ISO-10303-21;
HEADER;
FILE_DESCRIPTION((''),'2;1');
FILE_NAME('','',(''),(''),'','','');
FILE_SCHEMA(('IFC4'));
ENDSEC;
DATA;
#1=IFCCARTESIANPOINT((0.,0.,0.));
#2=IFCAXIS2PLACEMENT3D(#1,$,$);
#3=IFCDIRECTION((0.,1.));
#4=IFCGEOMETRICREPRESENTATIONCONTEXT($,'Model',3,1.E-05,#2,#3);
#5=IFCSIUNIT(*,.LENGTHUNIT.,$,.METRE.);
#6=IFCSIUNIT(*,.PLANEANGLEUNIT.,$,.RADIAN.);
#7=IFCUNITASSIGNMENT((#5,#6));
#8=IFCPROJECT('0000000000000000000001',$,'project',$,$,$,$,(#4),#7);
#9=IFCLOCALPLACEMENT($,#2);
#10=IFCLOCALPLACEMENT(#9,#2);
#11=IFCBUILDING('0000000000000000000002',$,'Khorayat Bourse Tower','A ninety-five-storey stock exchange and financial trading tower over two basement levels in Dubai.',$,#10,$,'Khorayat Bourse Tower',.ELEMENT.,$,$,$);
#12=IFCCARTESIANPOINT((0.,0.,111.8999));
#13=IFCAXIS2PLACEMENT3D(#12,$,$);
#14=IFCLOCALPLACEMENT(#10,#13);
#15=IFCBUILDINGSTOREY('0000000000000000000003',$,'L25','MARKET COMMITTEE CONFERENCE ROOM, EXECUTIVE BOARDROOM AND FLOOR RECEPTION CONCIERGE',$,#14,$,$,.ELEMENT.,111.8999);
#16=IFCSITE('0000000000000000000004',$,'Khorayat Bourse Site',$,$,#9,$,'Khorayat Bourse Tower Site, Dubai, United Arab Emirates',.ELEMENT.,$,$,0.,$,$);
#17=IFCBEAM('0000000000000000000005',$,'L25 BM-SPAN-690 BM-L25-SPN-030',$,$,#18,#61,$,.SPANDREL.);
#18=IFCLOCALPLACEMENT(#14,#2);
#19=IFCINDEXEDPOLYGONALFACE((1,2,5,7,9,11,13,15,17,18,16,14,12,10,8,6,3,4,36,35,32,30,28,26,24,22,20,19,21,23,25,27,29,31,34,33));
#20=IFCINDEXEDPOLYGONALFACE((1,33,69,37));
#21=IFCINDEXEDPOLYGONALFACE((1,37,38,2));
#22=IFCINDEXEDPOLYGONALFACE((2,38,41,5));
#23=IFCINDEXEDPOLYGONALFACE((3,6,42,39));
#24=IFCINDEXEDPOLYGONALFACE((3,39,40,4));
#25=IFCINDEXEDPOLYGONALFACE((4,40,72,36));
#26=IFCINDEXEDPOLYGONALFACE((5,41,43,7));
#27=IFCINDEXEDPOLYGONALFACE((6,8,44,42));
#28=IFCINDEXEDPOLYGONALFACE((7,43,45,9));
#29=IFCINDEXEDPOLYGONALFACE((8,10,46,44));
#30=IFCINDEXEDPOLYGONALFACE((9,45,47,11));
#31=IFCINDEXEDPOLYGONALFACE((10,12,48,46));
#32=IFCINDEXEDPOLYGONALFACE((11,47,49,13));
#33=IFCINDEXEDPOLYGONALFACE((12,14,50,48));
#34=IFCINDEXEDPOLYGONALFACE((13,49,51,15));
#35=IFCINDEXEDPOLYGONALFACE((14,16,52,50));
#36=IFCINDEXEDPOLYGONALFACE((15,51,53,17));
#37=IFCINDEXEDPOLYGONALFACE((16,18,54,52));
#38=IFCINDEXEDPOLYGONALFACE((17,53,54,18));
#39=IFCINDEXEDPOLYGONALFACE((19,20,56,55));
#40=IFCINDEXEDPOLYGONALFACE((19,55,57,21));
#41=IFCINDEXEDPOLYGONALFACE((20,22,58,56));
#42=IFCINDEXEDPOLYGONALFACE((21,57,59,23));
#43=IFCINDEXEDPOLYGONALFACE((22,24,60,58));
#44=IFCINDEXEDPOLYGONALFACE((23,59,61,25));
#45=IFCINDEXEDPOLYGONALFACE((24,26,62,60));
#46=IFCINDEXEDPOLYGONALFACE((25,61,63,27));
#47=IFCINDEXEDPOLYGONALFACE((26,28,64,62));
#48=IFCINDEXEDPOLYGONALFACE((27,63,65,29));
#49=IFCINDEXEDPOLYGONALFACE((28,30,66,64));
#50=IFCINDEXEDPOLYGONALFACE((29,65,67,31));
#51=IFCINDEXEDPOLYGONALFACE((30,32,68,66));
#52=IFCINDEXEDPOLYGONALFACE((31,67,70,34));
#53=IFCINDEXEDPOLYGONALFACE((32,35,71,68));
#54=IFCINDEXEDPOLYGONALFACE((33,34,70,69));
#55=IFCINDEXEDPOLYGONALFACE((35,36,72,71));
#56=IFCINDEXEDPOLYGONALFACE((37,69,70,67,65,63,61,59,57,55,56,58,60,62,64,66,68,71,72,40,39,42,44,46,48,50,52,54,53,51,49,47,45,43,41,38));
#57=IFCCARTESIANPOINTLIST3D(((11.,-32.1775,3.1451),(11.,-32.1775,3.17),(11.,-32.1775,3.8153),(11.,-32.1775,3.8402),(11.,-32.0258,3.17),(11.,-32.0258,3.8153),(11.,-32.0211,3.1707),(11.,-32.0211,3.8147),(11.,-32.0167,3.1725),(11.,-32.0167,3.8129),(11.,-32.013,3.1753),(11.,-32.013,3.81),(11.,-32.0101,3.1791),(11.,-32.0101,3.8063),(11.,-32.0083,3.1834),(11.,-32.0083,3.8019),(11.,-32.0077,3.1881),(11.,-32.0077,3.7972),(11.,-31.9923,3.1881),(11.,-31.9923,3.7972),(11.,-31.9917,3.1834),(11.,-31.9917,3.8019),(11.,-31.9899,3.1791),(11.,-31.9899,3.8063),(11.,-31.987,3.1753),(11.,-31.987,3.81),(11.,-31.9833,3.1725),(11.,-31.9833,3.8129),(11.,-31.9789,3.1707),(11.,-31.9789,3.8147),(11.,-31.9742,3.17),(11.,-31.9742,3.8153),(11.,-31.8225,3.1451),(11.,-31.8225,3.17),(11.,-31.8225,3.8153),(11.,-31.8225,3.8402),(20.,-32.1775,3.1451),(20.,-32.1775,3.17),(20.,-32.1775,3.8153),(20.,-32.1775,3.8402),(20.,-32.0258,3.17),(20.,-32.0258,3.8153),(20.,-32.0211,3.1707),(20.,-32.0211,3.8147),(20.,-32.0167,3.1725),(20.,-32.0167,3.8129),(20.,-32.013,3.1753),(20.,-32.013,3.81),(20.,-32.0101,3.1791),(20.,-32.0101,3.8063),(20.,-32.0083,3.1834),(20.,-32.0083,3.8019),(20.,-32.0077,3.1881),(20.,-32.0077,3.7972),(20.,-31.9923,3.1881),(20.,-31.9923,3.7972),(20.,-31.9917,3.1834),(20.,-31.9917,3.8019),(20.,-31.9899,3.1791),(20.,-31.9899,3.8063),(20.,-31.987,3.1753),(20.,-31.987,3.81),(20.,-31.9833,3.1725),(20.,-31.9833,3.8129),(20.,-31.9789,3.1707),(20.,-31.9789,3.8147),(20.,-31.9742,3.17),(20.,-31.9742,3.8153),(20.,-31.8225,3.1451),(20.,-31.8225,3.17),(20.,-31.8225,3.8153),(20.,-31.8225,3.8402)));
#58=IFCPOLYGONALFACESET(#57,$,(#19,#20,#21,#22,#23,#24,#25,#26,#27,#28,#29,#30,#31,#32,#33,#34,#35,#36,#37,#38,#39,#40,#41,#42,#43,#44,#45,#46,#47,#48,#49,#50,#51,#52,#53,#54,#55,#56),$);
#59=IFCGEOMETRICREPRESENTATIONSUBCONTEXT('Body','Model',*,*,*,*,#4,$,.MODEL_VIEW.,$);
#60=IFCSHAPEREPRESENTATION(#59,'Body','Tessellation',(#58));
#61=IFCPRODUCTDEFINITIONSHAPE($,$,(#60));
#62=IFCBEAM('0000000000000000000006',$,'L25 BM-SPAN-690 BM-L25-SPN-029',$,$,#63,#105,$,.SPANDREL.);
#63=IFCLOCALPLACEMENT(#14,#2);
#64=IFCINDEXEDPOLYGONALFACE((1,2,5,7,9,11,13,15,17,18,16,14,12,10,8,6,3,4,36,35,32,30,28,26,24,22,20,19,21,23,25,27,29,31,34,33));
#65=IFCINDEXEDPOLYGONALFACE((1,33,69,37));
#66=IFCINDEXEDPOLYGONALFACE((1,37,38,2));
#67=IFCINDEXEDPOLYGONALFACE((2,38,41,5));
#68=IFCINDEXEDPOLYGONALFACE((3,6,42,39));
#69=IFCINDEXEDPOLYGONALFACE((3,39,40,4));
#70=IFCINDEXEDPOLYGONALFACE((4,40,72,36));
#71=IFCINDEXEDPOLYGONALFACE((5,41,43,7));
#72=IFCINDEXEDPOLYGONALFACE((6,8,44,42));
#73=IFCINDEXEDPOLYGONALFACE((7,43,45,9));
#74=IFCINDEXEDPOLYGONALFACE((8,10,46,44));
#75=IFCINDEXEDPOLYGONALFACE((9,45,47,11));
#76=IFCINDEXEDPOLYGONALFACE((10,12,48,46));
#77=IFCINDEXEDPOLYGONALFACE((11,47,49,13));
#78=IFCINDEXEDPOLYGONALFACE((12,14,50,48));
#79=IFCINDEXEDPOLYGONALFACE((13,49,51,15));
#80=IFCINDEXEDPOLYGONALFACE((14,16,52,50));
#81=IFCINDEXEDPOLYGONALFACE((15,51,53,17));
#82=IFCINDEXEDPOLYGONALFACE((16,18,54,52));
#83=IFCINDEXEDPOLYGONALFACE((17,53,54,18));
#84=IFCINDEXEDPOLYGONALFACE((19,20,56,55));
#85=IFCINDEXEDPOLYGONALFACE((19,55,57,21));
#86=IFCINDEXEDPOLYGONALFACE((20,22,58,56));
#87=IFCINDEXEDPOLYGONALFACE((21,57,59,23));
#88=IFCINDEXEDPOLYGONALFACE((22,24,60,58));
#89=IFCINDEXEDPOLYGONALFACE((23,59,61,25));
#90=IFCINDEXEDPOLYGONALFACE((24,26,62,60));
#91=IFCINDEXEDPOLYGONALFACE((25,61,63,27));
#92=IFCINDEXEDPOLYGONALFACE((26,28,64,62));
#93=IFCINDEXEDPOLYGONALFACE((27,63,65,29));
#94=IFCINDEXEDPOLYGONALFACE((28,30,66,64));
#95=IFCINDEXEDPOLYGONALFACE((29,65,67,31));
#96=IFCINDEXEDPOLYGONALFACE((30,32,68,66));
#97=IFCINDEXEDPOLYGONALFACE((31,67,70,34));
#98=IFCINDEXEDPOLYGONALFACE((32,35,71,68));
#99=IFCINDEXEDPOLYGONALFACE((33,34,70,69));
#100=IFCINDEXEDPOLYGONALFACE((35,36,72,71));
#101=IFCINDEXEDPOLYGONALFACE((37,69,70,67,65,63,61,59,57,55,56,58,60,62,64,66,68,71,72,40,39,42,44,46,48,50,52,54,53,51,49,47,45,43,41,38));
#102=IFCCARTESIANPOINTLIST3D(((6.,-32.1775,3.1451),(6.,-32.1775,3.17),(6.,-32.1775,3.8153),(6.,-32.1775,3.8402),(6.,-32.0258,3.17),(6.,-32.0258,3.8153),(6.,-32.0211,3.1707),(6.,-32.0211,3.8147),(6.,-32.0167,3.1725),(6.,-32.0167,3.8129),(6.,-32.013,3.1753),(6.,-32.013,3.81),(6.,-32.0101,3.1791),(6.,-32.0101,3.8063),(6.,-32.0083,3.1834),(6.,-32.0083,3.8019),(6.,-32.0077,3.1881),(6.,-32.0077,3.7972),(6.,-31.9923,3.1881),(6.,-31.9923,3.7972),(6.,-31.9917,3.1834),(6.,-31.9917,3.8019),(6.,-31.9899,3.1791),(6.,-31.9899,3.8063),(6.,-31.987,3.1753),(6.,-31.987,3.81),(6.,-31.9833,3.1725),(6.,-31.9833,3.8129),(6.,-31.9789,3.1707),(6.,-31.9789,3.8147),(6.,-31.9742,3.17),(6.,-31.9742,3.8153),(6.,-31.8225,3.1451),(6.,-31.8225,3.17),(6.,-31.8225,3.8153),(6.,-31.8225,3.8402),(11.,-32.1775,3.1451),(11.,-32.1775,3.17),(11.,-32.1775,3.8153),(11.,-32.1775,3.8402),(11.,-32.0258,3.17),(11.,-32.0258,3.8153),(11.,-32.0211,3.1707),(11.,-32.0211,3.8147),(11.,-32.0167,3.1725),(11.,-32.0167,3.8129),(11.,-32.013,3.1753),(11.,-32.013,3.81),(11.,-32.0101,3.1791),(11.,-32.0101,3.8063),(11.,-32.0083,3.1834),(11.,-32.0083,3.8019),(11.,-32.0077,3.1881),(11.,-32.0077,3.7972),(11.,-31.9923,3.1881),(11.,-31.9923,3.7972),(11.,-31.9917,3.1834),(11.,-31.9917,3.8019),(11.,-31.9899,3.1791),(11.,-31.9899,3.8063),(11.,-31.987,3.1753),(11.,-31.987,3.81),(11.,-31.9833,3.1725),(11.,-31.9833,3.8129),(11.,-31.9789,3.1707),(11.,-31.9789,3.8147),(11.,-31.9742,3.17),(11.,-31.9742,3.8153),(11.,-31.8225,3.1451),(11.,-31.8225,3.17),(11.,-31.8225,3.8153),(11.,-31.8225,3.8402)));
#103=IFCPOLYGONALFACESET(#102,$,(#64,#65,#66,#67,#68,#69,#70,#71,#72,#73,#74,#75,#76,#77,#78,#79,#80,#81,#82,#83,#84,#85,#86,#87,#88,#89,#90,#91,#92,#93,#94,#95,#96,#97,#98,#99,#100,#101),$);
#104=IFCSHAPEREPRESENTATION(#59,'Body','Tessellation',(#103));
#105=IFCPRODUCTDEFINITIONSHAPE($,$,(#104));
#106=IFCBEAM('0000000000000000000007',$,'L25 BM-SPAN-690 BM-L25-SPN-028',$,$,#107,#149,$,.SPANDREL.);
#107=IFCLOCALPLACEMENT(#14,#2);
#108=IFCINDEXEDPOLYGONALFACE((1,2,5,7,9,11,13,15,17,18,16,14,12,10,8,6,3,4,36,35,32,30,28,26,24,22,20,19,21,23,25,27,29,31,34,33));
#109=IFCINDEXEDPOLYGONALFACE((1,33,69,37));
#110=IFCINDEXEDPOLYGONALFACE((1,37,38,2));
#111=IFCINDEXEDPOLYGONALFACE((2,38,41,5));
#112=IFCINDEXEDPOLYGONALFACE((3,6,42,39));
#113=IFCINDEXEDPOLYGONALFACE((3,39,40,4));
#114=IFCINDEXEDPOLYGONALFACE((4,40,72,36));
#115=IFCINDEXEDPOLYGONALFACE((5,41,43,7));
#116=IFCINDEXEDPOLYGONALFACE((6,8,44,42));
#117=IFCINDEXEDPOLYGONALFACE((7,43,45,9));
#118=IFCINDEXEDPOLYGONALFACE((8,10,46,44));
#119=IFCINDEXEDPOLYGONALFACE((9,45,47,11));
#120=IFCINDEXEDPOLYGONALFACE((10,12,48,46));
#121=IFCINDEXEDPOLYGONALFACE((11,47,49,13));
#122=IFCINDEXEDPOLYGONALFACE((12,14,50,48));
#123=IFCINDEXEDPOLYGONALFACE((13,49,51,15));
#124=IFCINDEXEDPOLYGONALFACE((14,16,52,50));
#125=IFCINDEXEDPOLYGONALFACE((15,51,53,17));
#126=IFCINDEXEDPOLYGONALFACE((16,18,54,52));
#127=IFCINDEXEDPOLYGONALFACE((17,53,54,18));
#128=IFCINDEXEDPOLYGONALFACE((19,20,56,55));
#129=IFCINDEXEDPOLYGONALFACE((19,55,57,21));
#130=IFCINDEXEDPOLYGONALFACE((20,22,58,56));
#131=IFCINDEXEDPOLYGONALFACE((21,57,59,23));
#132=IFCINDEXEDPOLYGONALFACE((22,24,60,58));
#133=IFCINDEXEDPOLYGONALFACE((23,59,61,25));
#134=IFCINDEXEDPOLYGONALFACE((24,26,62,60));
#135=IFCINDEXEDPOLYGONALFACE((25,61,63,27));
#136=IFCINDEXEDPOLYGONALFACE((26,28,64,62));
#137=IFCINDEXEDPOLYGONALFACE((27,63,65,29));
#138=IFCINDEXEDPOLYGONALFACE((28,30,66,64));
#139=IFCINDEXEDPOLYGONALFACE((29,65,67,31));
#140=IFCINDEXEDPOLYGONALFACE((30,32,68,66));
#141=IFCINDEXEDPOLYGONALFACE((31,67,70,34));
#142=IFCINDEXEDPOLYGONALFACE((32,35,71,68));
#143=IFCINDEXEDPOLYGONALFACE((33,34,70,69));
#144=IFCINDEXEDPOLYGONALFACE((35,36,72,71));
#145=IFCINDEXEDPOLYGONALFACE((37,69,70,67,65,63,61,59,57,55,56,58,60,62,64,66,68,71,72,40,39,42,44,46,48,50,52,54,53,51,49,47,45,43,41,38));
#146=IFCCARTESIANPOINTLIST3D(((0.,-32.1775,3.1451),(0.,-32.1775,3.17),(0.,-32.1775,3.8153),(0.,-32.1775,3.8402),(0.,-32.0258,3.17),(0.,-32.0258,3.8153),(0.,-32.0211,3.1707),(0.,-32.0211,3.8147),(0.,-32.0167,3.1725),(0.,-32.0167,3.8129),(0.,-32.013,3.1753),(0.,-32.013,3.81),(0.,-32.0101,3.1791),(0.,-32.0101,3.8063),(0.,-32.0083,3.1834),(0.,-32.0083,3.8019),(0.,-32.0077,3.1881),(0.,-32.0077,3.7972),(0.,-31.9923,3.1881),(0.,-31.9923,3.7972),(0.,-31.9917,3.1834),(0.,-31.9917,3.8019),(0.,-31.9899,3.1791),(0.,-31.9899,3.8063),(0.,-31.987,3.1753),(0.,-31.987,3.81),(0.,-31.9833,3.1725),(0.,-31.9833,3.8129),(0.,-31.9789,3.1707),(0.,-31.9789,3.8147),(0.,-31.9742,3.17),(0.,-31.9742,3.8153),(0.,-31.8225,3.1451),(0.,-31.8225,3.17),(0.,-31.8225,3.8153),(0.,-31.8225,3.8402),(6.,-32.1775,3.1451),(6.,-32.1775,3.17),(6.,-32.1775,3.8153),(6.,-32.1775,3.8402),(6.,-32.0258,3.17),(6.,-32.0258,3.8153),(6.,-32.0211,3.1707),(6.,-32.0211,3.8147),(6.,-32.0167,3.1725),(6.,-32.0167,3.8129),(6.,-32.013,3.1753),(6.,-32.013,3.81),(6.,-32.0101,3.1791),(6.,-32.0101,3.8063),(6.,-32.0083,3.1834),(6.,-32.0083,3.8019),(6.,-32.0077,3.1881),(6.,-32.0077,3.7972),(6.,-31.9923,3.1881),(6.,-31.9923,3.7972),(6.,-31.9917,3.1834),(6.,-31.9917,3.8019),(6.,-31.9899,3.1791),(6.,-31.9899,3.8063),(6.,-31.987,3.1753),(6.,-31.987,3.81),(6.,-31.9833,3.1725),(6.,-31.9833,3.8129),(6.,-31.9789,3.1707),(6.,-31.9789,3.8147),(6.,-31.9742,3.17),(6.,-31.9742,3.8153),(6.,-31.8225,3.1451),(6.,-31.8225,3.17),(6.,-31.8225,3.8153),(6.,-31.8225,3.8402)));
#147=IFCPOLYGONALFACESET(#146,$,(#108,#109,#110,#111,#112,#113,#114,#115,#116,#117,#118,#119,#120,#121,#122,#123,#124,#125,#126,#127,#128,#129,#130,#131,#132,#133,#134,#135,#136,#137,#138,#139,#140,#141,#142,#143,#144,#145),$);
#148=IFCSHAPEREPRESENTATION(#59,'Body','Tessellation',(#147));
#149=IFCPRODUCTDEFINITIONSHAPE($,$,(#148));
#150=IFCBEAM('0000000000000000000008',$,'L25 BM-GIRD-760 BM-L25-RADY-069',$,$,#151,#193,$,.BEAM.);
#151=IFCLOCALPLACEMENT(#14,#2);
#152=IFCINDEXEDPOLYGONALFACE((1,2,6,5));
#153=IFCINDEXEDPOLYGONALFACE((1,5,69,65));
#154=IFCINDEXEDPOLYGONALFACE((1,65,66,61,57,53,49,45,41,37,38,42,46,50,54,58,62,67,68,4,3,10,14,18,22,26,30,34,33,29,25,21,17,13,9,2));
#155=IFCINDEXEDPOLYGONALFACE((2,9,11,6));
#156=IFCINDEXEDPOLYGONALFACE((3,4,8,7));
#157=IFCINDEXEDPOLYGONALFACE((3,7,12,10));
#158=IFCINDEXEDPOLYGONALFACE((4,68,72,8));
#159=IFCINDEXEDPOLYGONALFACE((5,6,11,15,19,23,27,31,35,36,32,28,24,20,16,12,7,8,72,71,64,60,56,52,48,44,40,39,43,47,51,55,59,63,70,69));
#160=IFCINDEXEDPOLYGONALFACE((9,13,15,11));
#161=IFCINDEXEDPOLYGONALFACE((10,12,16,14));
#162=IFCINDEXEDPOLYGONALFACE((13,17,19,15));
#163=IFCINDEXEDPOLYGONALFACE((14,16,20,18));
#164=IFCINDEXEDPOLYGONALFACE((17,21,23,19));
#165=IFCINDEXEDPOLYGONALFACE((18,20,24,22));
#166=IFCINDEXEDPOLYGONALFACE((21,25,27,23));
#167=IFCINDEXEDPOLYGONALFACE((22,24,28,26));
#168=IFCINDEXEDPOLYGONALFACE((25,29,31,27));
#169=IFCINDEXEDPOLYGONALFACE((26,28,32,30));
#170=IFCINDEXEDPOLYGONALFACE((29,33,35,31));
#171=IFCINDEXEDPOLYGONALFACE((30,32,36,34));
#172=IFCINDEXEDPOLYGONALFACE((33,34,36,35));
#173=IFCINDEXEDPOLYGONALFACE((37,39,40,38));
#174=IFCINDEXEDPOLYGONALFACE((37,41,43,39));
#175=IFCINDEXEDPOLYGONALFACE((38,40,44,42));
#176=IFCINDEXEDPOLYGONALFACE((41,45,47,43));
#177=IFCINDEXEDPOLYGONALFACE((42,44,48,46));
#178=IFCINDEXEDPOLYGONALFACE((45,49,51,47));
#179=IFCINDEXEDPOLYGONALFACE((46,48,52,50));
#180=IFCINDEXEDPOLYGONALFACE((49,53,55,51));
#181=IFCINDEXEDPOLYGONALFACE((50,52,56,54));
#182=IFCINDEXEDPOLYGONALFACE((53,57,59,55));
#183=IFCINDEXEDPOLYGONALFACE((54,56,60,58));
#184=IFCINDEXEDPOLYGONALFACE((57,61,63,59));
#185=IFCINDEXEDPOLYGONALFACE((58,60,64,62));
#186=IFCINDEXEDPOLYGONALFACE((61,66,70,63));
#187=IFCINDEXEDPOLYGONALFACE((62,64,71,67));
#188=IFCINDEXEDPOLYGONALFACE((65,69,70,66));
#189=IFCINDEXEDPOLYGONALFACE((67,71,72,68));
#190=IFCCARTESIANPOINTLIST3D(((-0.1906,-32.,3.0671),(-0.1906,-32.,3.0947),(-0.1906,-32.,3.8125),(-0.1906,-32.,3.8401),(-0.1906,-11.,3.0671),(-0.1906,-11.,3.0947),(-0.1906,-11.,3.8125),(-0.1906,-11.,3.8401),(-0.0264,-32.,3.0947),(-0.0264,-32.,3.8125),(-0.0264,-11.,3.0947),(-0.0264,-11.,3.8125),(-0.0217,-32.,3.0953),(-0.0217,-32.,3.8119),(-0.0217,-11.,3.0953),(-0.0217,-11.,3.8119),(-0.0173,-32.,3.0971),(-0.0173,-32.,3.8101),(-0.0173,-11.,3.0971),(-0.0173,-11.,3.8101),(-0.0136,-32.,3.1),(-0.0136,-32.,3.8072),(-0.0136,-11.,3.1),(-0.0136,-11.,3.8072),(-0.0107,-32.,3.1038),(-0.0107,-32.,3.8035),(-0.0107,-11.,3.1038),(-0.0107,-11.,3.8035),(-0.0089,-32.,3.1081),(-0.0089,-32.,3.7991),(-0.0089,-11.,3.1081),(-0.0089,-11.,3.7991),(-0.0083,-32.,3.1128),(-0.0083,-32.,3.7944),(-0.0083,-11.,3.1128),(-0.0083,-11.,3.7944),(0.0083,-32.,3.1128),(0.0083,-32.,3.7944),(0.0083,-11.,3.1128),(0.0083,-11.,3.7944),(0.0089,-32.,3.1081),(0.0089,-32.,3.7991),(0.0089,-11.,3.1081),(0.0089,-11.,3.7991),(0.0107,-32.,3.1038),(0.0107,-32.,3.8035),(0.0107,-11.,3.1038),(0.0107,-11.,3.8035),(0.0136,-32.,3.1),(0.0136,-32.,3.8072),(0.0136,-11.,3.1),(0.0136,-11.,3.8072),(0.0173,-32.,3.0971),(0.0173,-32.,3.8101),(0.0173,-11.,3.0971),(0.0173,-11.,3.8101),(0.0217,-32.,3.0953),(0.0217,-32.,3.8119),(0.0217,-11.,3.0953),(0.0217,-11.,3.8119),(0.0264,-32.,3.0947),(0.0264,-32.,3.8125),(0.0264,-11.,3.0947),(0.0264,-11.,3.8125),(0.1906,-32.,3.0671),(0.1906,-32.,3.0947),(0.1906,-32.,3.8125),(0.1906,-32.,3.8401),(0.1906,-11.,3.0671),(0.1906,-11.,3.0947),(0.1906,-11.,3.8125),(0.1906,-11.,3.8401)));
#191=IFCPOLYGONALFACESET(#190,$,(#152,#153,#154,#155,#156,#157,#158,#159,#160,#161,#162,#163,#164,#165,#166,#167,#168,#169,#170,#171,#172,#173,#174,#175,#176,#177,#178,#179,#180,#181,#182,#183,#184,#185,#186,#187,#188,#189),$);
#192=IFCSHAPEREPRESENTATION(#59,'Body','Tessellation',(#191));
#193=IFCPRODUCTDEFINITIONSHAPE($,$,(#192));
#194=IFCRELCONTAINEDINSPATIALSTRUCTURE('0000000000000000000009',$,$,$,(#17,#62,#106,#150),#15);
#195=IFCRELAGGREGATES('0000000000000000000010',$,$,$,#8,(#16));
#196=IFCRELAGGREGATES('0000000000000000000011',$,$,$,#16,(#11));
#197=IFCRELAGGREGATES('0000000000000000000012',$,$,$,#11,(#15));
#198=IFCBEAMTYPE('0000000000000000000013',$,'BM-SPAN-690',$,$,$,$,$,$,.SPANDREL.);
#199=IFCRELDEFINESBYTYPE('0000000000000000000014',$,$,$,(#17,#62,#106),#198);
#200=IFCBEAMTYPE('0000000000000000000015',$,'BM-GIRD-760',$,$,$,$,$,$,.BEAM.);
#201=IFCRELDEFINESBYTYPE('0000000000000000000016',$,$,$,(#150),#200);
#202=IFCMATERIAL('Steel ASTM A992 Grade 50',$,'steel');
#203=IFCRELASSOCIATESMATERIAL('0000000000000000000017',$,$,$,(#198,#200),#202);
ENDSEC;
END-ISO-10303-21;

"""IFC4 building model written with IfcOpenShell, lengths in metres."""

from ifc_helpers import new_model, si_unit, direction, frame, origin, origin_2d, place, context, subcontext, project, spatial, i_section, extrude, source, transform, mapped, material, material_profile, profile_set, type_object, element, save


model = new_model("IFC4")

# Units and contexts
model_context = context("Model", 3, precision=1e-05, world=origin(), true_north=direction((0.0, 1.0)))
body_context = subcontext(model_context, "Body", "Model", "MODEL_VIEW")
ifc_project = project(units=[si_unit("LENGTHUNIT", "METRE"), si_unit("PLANEANGLEUNIT", "RADIAN")], contexts=[model_context])

# Site, building, storey
site_placement = place(None, origin())
site = spatial("IfcSite", under=ifc_project, at=site_placement, Name="Khorayat Bourse Site", LongName="Khorayat Bourse Tower Site, Dubai, United Arab Emirates", CompositionType="ELEMENT", RefElevation=0.0)
building_placement = place(site_placement, origin())
building = spatial("IfcBuilding", under=site, at=building_placement, Name="Khorayat Bourse Tower", Description="A ninety-five-storey stock exchange and financial trading tower over two basement levels in Dubai.", LongName="Khorayat Bourse Tower", CompositionType="ELEMENT")
storey_placement = place(building_placement, frame((0.0, 0.0, 111.8999)))
storey = spatial("IfcBuildingStorey", under=building, at=storey_placement, Name="L25", Description="MARKET COMMITTEE CONFERENCE ROOM, EXECUTIVE BOARDROOM AND FLOOR RECEPTION CONCIERGE", CompositionType="ELEMENT", Elevation=111.8999)

# Beams
ifc_material_1 = material(Name="Steel ASTM A992 Grade 50", Category="steel")
ifc_material_profile_1 = material_profile(ifc_material_1, i_section(OverallWidth=0.355, OverallDepth=0.6951, WebThickness=0.0154, FlangeThickness=0.0249, FilletRadius=0.0181, at=origin_2d()), Name="W690X217")
ifc_profile_set_1 = profile_set([ifc_material_profile_1], Name="Steel ASTM A992 Grade 50")
beam_type_1 = type_object("IfcBeamType", Name="BM-SPAN-690", PredefinedType="SPANDREL", material=ifc_profile_set_1)
shared_shape_1 = source(origin(), body_context, "Body", "SweptSolid", [
    extrude(i_section(OverallWidth=0.355, OverallDepth=0.6951, WebThickness=0.0154, FlangeThickness=0.0249, FilletRadius=0.0181, at=origin_2d()), origin(), (0.0, 0.0, 1.0), 9.0),
])
beam_1_placement = place(storey_placement, frame((11.0, -32.0, 3.4927), z_axis=(1.0, 0.0, 0.0), x_axis=(0.0, 1.0, 0.0)))
element("IfcBeam", 1, at=beam_1_placement, inside=storey, type_object=beam_type_1, Name="L25 BM-SPAN-690 BM-L25-SPN-030", PredefinedType="SPANDREL", context=body_context, shape_type="MappedRepresentation", body=[
    mapped(shared_shape_1, transform((0.0, 0.0, 0.0), scale=1.0)),
])
shared_shape_2 = source(origin(), body_context, "Body", "SweptSolid", [
    extrude(i_section(OverallWidth=0.355, OverallDepth=0.6951, WebThickness=0.0154, FlangeThickness=0.0249, FilletRadius=0.0181, at=origin_2d()), origin(), (0.0, 0.0, 1.0), 5.0),
])
beam_2_placement = place(storey_placement, frame((6.0, -32.0, 3.4927), z_axis=(1.0, 0.0, 0.0), x_axis=(0.0, 1.0, 0.0)))
element("IfcBeam", 2, at=beam_2_placement, inside=storey, type_object=beam_type_1, Name="L25 BM-SPAN-690 BM-L25-SPN-029", PredefinedType="SPANDREL", context=body_context, shape_type="MappedRepresentation", body=[
    mapped(shared_shape_2, transform((0.0, 0.0, 0.0), scale=1.0)),
])
shared_shape_3 = source(origin(), body_context, "Body", "SweptSolid", [
    extrude(i_section(OverallWidth=0.355, OverallDepth=0.6951, WebThickness=0.0154, FlangeThickness=0.0249, FilletRadius=0.0181, at=origin_2d()), origin(), (0.0, 0.0, 1.0), 6.0),
])
beam_3_placement = place(storey_placement, frame((0.0, -32.0, 3.4927), z_axis=(1.0, 0.0, 0.0), x_axis=(0.0, 1.0, 0.0)))
element("IfcBeam", 3, at=beam_3_placement, inside=storey, type_object=beam_type_1, Name="L25 BM-SPAN-690 BM-L25-SPN-028", PredefinedType="SPANDREL", context=body_context, shape_type="MappedRepresentation", body=[
    mapped(shared_shape_3, transform((0.0, 0.0, 0.0), scale=1.0)),
])
ifc_material_profile_2 = material_profile(ifc_material_1, i_section(OverallWidth=0.3811, OverallDepth=0.7729, WebThickness=0.0166, FlangeThickness=0.0276, FilletRadius=0.0181, at=origin_2d()), Name="W760X257")
ifc_profile_set_2 = profile_set([ifc_material_profile_2], Name="Steel ASTM A992 Grade 50")
beam_type_2 = type_object("IfcBeamType", Name="BM-GIRD-760", PredefinedType="BEAM", material=ifc_profile_set_2)
shared_shape_4 = source(origin(), body_context, "Body", "SweptSolid", [
    extrude(i_section(OverallWidth=0.3811, OverallDepth=0.7729, WebThickness=0.0166, FlangeThickness=0.0276, FilletRadius=0.0181, at=origin_2d()), origin(), (0.0, 0.0, 1.0), 21.0),
])
for number, where, z_axis, x_axis, name in (
    (4, (0.0, -32.0, 3.4536), (0.0, 1.0, 0.0), (-1.0, 0.0, 0.0), "L25 BM-GIRD-760 BM-L25-RADY-069"),
):
    element("IfcBeam", number, at=place(storey_placement, frame(where, z_axis=z_axis, x_axis=x_axis)), inside=storey, type_object=beam_type_2, Name=name, PredefinedType="BEAM", context=body_context, shape_type="MappedRepresentation", body=[
        mapped(shared_shape_4, transform((0.0, 0.0, 0.0), scale=1.0)),
    ])

save(model, "model.ifc")
